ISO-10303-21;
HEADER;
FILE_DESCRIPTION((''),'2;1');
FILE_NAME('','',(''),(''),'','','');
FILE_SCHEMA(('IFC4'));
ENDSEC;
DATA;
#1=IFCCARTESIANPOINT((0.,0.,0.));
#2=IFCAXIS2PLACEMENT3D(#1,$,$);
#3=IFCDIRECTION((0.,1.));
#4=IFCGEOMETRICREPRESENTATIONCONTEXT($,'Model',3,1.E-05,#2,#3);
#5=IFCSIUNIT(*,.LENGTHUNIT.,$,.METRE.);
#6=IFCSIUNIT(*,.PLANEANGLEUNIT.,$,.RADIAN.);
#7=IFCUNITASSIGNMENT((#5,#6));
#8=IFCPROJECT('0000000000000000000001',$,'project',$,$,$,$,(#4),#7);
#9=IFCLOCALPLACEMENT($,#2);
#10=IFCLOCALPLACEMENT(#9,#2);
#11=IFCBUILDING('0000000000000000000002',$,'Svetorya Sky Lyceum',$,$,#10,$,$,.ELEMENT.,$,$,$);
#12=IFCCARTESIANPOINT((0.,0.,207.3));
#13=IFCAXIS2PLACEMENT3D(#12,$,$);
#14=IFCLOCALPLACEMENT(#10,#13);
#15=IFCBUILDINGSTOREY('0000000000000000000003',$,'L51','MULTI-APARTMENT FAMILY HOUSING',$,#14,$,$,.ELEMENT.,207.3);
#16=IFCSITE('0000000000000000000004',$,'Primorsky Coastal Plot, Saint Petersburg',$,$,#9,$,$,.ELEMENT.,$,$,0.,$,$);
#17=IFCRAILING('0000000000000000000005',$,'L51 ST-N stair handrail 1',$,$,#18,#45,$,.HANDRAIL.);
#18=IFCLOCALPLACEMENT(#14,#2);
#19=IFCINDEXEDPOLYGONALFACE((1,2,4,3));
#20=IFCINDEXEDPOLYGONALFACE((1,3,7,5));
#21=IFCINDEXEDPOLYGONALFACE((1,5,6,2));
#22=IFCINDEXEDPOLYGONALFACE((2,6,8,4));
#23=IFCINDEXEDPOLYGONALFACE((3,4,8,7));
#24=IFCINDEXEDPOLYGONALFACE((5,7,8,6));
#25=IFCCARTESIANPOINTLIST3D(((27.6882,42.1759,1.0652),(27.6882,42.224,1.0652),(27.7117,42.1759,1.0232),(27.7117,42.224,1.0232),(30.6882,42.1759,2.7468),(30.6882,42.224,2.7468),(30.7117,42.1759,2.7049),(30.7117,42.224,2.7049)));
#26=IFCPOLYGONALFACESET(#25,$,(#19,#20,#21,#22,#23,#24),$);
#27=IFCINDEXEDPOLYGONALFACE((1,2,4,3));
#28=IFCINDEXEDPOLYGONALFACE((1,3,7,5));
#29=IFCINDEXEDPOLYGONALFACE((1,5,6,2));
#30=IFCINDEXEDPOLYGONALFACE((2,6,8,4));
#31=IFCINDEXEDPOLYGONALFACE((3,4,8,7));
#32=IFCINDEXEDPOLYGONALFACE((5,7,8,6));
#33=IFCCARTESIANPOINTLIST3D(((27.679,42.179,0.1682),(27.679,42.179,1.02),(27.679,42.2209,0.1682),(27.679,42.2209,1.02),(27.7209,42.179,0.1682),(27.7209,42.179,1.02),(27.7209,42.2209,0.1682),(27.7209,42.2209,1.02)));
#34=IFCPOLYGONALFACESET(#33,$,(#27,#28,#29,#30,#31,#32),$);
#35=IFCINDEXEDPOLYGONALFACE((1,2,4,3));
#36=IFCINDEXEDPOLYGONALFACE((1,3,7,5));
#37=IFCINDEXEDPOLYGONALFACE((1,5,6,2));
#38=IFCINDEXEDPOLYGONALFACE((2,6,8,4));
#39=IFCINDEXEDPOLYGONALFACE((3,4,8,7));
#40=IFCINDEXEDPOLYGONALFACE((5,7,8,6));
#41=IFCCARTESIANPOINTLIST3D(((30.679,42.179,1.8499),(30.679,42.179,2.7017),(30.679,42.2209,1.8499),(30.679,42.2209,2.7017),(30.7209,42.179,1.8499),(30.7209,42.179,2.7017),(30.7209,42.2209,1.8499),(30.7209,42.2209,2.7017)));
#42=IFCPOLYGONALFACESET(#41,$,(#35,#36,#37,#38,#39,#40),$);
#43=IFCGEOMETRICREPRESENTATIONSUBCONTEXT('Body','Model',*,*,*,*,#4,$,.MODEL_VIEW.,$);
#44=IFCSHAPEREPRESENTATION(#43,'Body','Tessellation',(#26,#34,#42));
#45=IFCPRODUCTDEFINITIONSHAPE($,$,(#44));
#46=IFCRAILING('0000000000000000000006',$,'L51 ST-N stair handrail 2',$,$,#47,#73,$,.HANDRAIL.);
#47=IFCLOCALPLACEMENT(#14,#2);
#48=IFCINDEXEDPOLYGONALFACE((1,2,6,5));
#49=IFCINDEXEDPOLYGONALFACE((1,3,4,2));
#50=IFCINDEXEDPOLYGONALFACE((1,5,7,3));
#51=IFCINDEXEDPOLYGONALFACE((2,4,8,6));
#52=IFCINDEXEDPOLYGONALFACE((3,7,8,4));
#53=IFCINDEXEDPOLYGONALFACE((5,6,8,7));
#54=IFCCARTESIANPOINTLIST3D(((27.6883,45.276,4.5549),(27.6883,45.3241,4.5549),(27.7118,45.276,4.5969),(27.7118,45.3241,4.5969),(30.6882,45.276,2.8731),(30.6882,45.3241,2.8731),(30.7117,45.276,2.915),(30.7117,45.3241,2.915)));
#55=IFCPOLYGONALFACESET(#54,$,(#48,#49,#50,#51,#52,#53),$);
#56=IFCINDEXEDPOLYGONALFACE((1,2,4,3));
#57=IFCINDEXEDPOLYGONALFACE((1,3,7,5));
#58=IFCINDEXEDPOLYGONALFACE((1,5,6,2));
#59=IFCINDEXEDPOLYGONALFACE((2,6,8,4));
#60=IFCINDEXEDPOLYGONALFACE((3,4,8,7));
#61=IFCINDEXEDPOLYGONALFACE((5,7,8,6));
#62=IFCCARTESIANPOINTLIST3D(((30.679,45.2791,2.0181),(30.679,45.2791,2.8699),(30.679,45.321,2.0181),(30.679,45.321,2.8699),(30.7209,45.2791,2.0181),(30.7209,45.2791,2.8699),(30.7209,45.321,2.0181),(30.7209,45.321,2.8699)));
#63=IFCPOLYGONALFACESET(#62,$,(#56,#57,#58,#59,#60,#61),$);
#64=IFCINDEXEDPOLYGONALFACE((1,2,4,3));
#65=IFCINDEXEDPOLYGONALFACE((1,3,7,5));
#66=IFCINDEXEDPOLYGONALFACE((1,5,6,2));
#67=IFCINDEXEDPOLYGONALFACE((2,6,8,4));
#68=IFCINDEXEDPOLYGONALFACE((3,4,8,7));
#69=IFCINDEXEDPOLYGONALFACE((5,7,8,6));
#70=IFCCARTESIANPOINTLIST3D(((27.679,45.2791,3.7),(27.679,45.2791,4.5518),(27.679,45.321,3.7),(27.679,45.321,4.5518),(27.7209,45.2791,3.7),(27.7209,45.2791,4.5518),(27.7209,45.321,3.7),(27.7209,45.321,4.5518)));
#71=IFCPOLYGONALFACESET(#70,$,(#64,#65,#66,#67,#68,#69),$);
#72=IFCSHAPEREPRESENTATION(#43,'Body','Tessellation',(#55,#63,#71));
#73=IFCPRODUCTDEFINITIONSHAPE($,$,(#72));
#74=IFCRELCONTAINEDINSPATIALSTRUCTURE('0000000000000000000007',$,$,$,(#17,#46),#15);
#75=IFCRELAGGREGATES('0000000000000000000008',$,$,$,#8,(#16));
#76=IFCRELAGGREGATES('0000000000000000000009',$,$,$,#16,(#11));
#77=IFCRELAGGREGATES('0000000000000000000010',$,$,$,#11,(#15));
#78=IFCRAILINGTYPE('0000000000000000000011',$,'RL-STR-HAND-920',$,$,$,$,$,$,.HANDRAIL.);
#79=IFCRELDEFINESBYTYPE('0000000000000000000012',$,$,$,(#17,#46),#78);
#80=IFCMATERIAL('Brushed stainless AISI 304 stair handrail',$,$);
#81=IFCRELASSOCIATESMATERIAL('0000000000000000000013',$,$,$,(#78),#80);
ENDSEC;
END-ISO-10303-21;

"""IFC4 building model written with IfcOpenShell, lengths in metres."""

from ifc_helpers import new_model, si_unit, direction, frame, origin, origin_2d, place, context, subcontext, project, spatial, rectangle, extrude, material, type_object, element, save


model = new_model("IFC4")

# Units and contexts
model_context = context("Model", 3, precision=1e-05, world=origin(), true_north=direction((0.0, 1.0)))
body_context = subcontext(model_context, "Body", "Model", "MODEL_VIEW")
ifc_project = project(units=[si_unit("LENGTHUNIT", "METRE"), si_unit("PLANEANGLEUNIT", "RADIAN")], contexts=[model_context])

# Site, building, storey
site_placement = place(None, origin())
site = spatial("IfcSite", under=ifc_project, at=site_placement, Name="Primorsky Coastal Plot, Saint Petersburg", CompositionType="ELEMENT", RefElevation=0.0)
building_placement = place(site_placement, origin())
building = spatial("IfcBuilding", under=site, at=building_placement, Name="Svetorya Sky Lyceum", CompositionType="ELEMENT")
storey_placement = place(building_placement, frame((0.0, 0.0, 207.3)))
storey = spatial("IfcBuildingStorey", under=building, at=storey_placement, Name="L51", Description="MULTI-APARTMENT FAMILY HOUSING", CompositionType="ELEMENT", Elevation=207.3)

# Railings
ifc_material_1 = material(Name="Brushed stainless AISI 304 stair handrail")
railing_type_1 = type_object("IfcRailingType", Name="RL-STR-HAND-920", PredefinedType="HANDRAIL", material=ifc_material_1)
railing_1_placement = place(storey_placement, frame((27.7, 42.2, 0.1682)))
element("IfcRailing", 1, at=railing_1_placement, inside=storey, type_object=railing_type_1, Name="L51 ST-N stair handrail 1", PredefinedType="HANDRAIL", context=body_context, shape_type="SweptSolid", body=[
    extrude(rectangle(XDim=0.0481, YDim=0.0481, at=origin_2d()), frame((0.0, 0.0, 0.876), z_axis=(0.872303, 0.0, 0.488966), x_axis=(0.0, 1.0, 0.0)), (0.0, 0.0, 1.0), 3.4392),
    extrude(rectangle(XDim=0.042, YDim=0.042, at=origin_2d()), origin(), (0.0, 0.0, 1.0), 0.8518),
    extrude(rectangle(XDim=0.042, YDim=0.042, at=origin_2d()), frame((3.0, 0.0, 1.6816)), (0.0, 0.0, 1.0), 0.8518),
])
railing_2_placement = place(storey_placement, frame((30.7, 45.3, 2.0181)))
element("IfcRailing", 2, at=railing_2_placement, inside=storey, type_object=railing_type_1, Name="L51 ST-N stair handrail 2", PredefinedType="HANDRAIL", context=body_context, shape_type="SweptSolid", body=[
    extrude(rectangle(XDim=0.0481, YDim=0.0481, at=origin_2d()), frame((0.0, 0.0, 0.876), z_axis=(-0.872272, 0.0, 0.48902), x_axis=(0.0, -1.0, 0.0)), (0.0, 0.0, 1.0), 3.4392),
    extrude(rectangle(XDim=0.042, YDim=0.042, at=origin_2d()), origin(), (0.0, 0.0, 1.0), 0.8518),
    extrude(rectangle(XDim=0.042, YDim=0.042, at=origin_2d()), frame((-3.0, 0.0, 1.6819)), (0.0, 0.0, 1.0), 0.8518),
])

save(model, "model.ifc")
